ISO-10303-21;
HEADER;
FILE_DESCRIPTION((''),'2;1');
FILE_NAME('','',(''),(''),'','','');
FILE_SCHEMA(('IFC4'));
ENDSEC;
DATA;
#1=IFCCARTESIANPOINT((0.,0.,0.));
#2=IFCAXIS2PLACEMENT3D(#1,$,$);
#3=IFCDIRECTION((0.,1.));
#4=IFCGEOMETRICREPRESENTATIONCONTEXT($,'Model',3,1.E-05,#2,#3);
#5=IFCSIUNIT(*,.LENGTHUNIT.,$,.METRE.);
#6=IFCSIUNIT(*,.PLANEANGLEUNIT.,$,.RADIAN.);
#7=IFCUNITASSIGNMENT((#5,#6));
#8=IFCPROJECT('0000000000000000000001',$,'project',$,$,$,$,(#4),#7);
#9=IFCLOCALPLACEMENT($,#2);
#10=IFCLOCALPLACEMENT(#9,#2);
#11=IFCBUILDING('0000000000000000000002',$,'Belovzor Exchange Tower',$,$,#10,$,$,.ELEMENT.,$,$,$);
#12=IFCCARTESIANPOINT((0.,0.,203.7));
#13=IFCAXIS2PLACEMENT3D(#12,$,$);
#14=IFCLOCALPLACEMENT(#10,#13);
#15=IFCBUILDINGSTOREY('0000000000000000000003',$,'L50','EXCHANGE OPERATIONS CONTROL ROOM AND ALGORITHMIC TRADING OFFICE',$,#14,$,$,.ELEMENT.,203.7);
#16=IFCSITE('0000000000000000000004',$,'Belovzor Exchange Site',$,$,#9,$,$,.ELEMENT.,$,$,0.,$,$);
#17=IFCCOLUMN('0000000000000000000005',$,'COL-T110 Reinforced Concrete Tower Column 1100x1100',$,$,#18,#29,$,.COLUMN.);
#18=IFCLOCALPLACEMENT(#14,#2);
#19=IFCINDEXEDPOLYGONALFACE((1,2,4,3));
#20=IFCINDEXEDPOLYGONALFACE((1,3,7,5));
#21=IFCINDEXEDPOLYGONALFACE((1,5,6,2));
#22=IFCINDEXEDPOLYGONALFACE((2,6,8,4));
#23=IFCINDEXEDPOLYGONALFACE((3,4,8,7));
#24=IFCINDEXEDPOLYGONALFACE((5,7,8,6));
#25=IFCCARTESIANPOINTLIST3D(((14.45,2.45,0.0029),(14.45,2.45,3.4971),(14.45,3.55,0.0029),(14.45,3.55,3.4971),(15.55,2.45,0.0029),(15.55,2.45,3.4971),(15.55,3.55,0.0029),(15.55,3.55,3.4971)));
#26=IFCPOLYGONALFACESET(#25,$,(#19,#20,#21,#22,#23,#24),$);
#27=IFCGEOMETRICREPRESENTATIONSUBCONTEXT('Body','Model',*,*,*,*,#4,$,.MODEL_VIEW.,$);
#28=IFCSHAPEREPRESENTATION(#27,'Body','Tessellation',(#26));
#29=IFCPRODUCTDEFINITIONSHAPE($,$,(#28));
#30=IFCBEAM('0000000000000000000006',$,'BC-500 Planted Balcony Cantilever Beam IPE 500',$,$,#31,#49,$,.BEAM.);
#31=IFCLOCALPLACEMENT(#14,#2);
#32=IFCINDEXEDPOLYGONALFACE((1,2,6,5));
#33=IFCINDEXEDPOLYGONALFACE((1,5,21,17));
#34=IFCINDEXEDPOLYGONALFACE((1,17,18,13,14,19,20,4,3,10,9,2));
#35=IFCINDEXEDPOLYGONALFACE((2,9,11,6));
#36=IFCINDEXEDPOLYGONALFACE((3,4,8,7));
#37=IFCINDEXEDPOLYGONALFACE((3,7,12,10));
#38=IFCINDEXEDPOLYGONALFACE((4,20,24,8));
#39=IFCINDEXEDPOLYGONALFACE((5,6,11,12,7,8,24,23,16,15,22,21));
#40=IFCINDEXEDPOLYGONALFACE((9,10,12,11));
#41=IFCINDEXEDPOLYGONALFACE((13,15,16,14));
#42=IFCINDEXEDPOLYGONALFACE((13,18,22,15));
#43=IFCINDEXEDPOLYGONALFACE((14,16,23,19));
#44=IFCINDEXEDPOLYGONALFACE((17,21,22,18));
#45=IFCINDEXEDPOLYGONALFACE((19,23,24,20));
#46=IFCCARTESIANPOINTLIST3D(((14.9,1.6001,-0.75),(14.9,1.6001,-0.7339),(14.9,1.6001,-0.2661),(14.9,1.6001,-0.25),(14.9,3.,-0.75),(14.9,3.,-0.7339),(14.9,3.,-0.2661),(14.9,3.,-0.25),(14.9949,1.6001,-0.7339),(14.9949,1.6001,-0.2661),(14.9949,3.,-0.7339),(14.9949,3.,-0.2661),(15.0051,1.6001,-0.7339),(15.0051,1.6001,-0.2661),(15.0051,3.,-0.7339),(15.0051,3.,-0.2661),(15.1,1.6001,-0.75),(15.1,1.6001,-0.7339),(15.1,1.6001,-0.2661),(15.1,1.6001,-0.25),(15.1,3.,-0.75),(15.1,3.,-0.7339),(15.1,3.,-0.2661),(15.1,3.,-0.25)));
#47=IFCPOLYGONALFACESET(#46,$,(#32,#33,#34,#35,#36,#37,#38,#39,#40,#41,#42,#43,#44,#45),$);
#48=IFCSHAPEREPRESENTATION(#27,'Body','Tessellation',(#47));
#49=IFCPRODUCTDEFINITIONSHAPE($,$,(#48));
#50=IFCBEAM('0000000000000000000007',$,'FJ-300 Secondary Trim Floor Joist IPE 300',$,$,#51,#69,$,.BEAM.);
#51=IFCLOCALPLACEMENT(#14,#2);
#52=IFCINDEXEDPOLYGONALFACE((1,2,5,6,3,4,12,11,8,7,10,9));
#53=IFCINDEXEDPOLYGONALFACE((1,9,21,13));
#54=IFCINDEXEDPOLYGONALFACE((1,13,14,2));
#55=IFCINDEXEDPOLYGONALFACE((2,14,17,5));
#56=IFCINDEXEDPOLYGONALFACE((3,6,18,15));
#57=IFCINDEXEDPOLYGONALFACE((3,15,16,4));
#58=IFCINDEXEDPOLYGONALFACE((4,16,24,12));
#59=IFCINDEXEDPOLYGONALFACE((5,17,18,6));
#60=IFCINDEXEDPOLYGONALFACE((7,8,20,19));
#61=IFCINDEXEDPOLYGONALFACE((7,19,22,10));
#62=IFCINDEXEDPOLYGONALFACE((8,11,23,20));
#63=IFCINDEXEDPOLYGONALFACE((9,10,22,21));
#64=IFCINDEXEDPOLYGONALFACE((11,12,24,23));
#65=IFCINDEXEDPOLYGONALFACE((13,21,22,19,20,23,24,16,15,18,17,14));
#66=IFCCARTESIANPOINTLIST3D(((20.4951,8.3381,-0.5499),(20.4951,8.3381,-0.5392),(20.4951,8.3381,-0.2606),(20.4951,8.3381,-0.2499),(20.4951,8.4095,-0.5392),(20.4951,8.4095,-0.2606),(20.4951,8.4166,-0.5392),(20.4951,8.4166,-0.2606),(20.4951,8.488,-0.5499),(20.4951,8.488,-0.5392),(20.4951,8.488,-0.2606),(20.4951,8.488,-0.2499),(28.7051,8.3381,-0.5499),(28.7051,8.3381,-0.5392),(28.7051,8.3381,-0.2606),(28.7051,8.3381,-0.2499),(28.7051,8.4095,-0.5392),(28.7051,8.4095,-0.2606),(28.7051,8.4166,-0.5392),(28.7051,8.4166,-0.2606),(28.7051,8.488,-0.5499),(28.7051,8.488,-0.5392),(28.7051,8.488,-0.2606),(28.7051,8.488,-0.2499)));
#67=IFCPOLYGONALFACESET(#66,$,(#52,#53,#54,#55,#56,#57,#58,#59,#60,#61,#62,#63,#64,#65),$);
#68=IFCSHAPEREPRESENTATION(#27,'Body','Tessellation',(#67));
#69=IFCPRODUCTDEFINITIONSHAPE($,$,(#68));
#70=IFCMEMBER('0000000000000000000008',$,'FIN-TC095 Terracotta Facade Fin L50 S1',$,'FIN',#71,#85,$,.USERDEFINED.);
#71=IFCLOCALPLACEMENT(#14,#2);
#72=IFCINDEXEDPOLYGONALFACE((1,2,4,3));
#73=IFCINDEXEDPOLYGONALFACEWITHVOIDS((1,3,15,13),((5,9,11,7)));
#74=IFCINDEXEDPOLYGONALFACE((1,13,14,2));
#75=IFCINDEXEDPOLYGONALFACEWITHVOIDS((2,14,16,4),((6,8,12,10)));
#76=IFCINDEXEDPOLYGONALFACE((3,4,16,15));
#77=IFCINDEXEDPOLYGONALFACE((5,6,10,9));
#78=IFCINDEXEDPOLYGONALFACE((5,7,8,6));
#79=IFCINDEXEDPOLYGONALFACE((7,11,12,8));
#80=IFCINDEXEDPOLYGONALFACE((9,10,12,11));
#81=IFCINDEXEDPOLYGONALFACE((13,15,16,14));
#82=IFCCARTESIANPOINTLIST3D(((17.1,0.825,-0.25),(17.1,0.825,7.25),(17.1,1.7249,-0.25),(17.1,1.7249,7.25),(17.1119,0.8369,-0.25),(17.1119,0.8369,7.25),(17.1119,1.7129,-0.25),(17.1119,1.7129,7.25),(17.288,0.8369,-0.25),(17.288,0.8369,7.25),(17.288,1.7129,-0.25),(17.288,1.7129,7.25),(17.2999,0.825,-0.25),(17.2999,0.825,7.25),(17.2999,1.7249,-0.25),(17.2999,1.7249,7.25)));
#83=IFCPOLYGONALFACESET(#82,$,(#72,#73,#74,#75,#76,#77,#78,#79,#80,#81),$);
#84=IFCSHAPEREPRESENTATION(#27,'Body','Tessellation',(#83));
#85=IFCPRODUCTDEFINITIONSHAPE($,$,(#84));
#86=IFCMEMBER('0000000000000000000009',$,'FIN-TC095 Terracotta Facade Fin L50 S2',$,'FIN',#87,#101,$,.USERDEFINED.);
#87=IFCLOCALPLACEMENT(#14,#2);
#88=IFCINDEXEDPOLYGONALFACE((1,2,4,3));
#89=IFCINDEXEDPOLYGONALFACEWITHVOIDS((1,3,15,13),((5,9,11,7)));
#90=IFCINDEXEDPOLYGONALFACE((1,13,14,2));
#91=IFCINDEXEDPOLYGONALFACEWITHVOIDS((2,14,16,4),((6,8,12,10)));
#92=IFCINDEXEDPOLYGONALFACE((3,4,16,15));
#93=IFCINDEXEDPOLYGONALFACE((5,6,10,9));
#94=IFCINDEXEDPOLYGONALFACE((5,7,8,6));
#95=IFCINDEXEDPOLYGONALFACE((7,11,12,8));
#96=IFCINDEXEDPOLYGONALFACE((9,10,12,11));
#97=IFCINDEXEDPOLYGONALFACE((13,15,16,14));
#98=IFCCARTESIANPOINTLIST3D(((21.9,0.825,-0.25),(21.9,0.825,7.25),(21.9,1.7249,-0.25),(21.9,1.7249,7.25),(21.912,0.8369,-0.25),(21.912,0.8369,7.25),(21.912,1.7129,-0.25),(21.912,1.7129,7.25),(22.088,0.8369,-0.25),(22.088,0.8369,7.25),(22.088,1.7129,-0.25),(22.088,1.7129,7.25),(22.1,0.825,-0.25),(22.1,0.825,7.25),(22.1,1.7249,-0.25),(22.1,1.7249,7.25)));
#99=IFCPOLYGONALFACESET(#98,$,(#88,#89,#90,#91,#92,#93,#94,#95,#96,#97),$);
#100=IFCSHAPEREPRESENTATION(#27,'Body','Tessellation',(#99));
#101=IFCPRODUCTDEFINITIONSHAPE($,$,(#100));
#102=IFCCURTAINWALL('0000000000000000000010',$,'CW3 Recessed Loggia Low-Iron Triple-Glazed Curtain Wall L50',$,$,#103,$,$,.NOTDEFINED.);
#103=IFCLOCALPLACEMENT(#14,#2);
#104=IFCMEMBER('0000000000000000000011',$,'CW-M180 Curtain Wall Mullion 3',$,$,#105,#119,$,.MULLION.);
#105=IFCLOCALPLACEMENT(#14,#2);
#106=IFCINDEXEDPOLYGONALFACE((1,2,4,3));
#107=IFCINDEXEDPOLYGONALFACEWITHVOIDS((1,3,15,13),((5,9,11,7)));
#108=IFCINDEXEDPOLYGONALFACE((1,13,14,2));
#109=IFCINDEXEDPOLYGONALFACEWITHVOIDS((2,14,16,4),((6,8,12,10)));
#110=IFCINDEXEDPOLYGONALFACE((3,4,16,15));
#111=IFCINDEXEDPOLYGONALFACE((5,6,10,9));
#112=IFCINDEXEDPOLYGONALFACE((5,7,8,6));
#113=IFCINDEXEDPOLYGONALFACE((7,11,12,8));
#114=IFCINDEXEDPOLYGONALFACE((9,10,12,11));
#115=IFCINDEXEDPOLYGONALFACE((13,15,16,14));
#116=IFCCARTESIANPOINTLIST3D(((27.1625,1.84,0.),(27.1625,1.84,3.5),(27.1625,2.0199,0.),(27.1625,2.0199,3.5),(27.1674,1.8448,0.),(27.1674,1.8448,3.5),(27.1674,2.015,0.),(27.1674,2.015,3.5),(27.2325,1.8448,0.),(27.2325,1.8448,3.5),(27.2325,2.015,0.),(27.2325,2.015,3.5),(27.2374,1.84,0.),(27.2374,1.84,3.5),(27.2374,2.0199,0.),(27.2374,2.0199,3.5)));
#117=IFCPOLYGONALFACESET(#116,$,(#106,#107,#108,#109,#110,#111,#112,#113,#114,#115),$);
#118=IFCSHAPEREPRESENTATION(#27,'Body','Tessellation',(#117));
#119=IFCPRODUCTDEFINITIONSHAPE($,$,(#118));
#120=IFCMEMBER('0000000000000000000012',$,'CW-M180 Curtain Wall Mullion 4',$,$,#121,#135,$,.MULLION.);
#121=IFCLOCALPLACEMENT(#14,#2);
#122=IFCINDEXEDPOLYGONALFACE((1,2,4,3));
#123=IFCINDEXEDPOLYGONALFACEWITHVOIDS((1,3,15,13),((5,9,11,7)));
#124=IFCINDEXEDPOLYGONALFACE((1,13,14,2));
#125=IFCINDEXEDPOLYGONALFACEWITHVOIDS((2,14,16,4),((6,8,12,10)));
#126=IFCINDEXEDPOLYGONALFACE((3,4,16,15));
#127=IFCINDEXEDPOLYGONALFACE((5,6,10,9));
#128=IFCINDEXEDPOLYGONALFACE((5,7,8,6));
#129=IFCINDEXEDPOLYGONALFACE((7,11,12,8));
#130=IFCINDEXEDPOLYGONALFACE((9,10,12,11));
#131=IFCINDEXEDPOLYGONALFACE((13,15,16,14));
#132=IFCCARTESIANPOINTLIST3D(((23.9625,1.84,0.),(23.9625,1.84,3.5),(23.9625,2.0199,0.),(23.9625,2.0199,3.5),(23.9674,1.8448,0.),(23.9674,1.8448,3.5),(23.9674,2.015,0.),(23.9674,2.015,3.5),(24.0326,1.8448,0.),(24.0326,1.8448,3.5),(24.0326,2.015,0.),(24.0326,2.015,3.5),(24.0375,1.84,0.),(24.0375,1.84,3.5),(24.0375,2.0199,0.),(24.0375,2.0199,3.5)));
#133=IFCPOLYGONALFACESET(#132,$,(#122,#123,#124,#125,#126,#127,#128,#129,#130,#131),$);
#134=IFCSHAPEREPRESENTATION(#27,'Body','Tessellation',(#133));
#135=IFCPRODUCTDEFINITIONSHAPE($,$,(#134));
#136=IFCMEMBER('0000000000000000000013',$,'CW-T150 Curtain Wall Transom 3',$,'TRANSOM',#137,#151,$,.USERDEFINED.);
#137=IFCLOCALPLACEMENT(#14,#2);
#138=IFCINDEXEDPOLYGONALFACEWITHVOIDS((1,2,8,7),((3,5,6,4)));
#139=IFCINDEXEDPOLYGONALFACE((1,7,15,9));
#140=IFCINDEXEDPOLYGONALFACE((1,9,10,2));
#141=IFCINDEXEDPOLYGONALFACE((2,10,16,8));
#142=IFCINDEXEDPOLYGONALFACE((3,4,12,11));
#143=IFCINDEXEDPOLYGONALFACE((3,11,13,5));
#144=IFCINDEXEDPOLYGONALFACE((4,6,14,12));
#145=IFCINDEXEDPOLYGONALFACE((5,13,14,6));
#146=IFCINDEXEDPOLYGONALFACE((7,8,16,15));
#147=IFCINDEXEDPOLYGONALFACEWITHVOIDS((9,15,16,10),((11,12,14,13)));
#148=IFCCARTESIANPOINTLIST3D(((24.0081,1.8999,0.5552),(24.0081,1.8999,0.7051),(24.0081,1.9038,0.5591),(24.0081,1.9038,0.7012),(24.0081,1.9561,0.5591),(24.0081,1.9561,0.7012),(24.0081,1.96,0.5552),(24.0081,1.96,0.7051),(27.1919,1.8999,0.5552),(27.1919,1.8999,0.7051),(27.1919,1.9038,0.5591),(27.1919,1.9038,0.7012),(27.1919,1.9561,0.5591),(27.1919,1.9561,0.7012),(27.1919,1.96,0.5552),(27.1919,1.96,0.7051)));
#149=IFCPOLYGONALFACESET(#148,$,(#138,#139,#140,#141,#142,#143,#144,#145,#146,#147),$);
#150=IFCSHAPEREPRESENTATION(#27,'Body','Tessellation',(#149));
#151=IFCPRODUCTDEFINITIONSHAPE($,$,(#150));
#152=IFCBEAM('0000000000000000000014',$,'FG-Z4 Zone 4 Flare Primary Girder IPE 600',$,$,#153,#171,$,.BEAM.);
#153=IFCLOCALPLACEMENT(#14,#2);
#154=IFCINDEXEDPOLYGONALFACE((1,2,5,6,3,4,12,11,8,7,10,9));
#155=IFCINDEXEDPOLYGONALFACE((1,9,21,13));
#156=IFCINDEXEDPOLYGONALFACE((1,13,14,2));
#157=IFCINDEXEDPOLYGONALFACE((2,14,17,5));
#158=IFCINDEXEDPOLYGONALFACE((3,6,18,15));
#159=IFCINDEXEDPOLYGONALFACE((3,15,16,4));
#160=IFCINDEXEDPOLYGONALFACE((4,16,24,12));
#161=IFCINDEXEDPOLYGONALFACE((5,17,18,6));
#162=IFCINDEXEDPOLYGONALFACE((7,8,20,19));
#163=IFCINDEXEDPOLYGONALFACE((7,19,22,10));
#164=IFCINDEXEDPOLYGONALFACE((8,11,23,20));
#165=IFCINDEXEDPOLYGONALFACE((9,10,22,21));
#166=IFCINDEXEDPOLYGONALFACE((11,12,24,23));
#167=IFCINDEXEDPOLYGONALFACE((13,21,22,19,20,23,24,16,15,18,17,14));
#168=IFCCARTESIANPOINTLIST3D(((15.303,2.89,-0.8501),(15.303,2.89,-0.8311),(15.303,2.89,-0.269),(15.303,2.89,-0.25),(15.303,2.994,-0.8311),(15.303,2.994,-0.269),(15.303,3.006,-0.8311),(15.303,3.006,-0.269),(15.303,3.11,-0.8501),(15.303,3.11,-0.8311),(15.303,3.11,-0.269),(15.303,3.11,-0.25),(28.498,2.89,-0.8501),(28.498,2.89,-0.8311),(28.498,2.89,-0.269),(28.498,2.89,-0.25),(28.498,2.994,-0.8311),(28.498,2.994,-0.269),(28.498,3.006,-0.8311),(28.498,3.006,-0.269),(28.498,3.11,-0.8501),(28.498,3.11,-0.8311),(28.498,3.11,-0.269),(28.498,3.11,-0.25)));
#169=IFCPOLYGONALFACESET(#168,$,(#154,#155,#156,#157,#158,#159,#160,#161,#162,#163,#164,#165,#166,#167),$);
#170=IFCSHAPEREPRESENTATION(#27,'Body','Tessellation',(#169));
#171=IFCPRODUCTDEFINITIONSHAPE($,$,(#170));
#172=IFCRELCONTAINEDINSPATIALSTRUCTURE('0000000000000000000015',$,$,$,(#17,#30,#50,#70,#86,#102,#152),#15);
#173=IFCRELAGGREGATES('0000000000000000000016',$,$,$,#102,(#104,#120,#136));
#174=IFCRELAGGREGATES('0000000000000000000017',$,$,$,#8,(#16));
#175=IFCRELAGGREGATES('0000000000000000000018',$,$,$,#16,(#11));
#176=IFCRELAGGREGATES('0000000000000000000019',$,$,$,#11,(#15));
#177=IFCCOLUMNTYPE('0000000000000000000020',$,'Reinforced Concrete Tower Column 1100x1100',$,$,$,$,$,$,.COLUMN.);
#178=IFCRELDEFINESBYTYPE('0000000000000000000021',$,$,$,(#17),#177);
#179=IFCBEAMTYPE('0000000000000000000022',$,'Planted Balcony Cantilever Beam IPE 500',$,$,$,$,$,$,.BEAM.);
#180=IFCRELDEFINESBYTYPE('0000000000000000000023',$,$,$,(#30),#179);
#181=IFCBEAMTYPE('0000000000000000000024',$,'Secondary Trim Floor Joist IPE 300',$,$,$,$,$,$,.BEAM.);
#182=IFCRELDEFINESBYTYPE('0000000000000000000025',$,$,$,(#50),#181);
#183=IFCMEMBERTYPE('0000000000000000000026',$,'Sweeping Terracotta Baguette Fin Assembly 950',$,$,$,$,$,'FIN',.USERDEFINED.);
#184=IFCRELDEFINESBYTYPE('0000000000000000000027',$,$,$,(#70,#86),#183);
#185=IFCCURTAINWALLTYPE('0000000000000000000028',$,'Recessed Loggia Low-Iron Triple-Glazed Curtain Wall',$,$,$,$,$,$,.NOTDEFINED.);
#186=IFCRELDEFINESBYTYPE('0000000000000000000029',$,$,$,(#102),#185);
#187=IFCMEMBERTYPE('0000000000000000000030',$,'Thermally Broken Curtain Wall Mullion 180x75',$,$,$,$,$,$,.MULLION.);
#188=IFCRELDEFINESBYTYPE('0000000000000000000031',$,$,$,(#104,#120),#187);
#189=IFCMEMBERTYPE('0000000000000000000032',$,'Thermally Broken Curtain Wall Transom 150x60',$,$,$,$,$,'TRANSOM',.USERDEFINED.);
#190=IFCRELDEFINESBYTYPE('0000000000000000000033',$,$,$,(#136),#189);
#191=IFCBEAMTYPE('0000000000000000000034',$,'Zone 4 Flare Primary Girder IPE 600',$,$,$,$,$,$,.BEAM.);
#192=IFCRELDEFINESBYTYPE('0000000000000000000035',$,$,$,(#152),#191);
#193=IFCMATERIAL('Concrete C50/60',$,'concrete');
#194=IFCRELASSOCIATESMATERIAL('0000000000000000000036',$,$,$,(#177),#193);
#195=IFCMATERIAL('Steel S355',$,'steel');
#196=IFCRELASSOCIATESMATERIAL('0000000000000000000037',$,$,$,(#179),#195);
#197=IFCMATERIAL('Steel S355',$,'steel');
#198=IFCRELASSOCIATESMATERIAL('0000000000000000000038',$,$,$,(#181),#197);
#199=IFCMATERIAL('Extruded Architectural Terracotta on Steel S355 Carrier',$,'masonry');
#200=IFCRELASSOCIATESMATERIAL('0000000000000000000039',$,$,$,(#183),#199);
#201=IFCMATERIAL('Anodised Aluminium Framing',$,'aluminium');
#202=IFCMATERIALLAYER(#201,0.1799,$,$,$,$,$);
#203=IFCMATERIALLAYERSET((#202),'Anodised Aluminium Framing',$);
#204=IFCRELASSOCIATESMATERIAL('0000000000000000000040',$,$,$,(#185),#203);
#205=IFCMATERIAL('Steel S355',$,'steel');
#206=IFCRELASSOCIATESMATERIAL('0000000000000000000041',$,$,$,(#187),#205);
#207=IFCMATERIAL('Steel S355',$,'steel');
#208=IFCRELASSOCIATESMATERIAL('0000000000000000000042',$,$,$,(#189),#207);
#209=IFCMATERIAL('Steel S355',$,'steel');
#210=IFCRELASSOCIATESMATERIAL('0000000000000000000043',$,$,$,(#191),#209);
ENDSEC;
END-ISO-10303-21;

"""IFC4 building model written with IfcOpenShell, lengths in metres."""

from ifc_helpers import new_model, si_unit, direction, frame, origin, origin_2d, place, context, subcontext, project, spatial, rectangle, hollow_rectangle, i_section, extrude, material, layer, layer_set, material_profile, profile_set, type_object, element, aggregate, save


model = new_model("IFC4")

# Units and contexts
model_context = context("Model", 3, precision=1e-05, world=origin(), true_north=direction((0.0, 1.0)))
body_context = subcontext(model_context, "Body", "Model", "MODEL_VIEW")
ifc_project = project(units=[si_unit("LENGTHUNIT", "METRE"), si_unit("PLANEANGLEUNIT", "RADIAN")], contexts=[model_context])

# Site, building, storey
site_placement = place(None, origin())
site = spatial("IfcSite", under=ifc_project, at=site_placement, Name="Belovzor Exchange Site", CompositionType="ELEMENT", RefElevation=0.0)
building_placement = place(site_placement, origin())
building = spatial("IfcBuilding", under=site, at=building_placement, Name="Belovzor Exchange Tower", CompositionType="ELEMENT")
storey_placement = place(building_placement, frame((0.0, 0.0, 203.7)))
storey = spatial("IfcBuildingStorey", under=building, at=storey_placement, Name="L50", Description="EXCHANGE OPERATIONS CONTROL ROOM AND ALGORITHMIC TRADING OFFICE", CompositionType="ELEMENT", Elevation=203.7)

# Column
ifc_material_1 = material(Name="Concrete C50/60", Category="concrete")
ifc_material_profile_1 = material_profile(ifc_material_1, rectangle(XDim=1.1001, YDim=1.1001, at=origin_2d()))
ifc_profile_set_1 = profile_set([ifc_material_profile_1], Name="Concrete C50/60")
column_type = type_object("IfcColumnType", Name="Reinforced Concrete Tower Column 1100x1100", PredefinedType="COLUMN", material=ifc_profile_set_1)
column_placement = place(storey_placement, frame((15.0, 3.0, 0.0029), z_axis=(0.0, 0.0, 1.0), x_axis=(1.0, 0.0, 0.0)))
element("IfcColumn", 1, at=column_placement, inside=storey, type_object=column_type, Name="COL-T110 Reinforced Concrete Tower Column 1100x1100", PredefinedType="COLUMN", context=body_context, shape_type="SweptSolid", body=[
    extrude(rectangle(XDim=1.1001, YDim=1.1001, at=origin_2d()), origin(), (0.0, 0.0, 1.0), 3.4941),
])

# Beams
ifc_material_2 = material(Name="Steel S355", Category="steel")
ifc_material_profile_2 = material_profile(ifc_material_2, i_section(OverallWidth=0.2, OverallDepth=0.5, WebThickness=0.0103, FlangeThickness=0.0161, at=origin_2d()))
ifc_profile_set_2 = profile_set([ifc_material_profile_2], Name="Steel S355")
beam_type_1 = type_object("IfcBeamType", Name="Planted Balcony Cantilever Beam IPE 500", PredefinedType="BEAM", material=ifc_profile_set_2)
beam_1_placement = place(storey_placement, frame((15.0, 3.0, -0.5), z_axis=(0.0, -1.0, 0.0), x_axis=(1.0, 0.0, 0.0)))
element("IfcBeam", 2, at=beam_1_placement, inside=storey, type_object=beam_type_1, Name="BC-500 Planted Balcony Cantilever Beam IPE 500", PredefinedType="BEAM", context=body_context, shape_type="SweptSolid", body=[
    extrude(i_section(OverallWidth=0.2, OverallDepth=0.5, WebThickness=0.0103, FlangeThickness=0.0161, at=origin_2d()), origin(), (0.0, 0.0, 1.0), 1.3999),
])
ifc_material_3 = material(Name="Steel S355", Category="steel")
ifc_material_profile_3 = material_profile(ifc_material_3, i_section(OverallWidth=0.1499, OverallDepth=0.3, WebThickness=0.0071, FlangeThickness=0.0107, at=origin_2d()))
ifc_profile_set_3 = profile_set([ifc_material_profile_3], Name="Steel S355")
beam_type_2 = type_object("IfcBeamType", Name="Secondary Trim Floor Joist IPE 300", PredefinedType="BEAM", material=ifc_profile_set_3)
beam_2_placement = place(storey_placement, frame((20.4951, 8.4131, -0.3999), z_axis=(1.0, 0.0, 0.0), x_axis=(0.0, 1.0, 0.0)))
element("IfcBeam", 3, at=beam_2_placement, inside=storey, type_object=beam_type_2, Name="FJ-300 Secondary Trim Floor Joist IPE 300", PredefinedType="BEAM", context=body_context, shape_type="SweptSolid", body=[
    extrude(i_section(OverallWidth=0.1499, OverallDepth=0.3, WebThickness=0.0071, FlangeThickness=0.0107, at=origin_2d()), origin(), (0.0, 0.0, 1.0), 8.21),
])

# Members
ifc_material_4 = material(Name="Extruded Architectural Terracotta on Steel S355 Carrier", Category="masonry")
ifc_material_profile_4 = material_profile(ifc_material_4, hollow_rectangle(XDim=0.2, YDim=0.8999, WallThickness=0.012, at=origin_2d()))
ifc_profile_set_4 = profile_set([ifc_material_profile_4], Name="Extruded Architectural Terracotta on Steel S355 Carrier")
member_type_1 = type_object("IfcMemberType", Name="Sweeping Terracotta Baguette Fin Assembly 950", ElementType="FIN", PredefinedType="USERDEFINED", material=ifc_profile_set_4)
for number, where, z_axis, x_axis, name in (
    (4, (17.2, 1.2749, -0.25), (0.0, 0.0, 1.0), (1.0, 0.0, 0.0), "FIN-TC095 Terracotta Facade Fin L50 S1"),
    (5, (22.0, 1.2749, -0.25), (0.0, 0.0, 1.0), (1.0, 0.0, 0.0), "FIN-TC095 Terracotta Facade Fin L50 S2"),
):
    element("IfcMember", number, at=place(storey_placement, frame(where, z_axis=z_axis, x_axis=x_axis)), inside=storey, type_object=member_type_1, Name=name, ObjectType="FIN", PredefinedType="USERDEFINED", context=body_context, shape_type="SweptSolid", body=[
        extrude(hollow_rectangle(XDim=0.2, YDim=0.8999, WallThickness=0.012, at=origin_2d()), origin(), (0.0, 0.0, 1.0), 7.5),
    ])

# Curtain wall, members
ifc_material_5 = material(Name="Anodised Aluminium Framing", Category="aluminium")
ifc_layer_1 = layer(ifc_material_5, 0.1799)
ifc_layer_set_1 = layer_set([ifc_layer_1], Name="Anodised Aluminium Framing")
curtain_wall_type = type_object("IfcCurtainWallType", Name="Recessed Loggia Low-Iron Triple-Glazed Curtain Wall", PredefinedType="NOTDEFINED", material=ifc_layer_set_1)
curtain_wall_placement = place(storey_placement, origin())
curtain_wall = element("IfcCurtainWall", 6, at=curtain_wall_placement, inside=storey, type_object=curtain_wall_type, Name="CW3 Recessed Loggia Low-Iron Triple-Glazed Curtain Wall L50", PredefinedType="NOTDEFINED")
ifc_material_6 = material(Name="Steel S355", Category="steel")
ifc_material_profile_5 = material_profile(ifc_material_6, hollow_rectangle(XDim=0.075, YDim=0.1799, WallThickness=0.0049, at=origin_2d()))
ifc_profile_set_5 = profile_set([ifc_material_profile_5], Name="Steel S355")
member_type_2 = type_object("IfcMemberType", Name="Thermally Broken Curtain Wall Mullion 180x75", PredefinedType="MULLION", material=ifc_profile_set_5)
member_1_placement = place(storey_placement, frame((27.2, 1.9299, 0.0), z_axis=(0.0, 0.0, 1.0), x_axis=(-1.0, 0.0, 0.0)))
member_1 = element("IfcMember", 7, at=member_1_placement, type_object=member_type_2, Name="CW-M180 Curtain Wall Mullion 3", PredefinedType="MULLION", context=body_context, shape_type="SweptSolid", body=[
    extrude(hollow_rectangle(XDim=0.075, YDim=0.1799, WallThickness=0.0049, at=origin_2d()), origin(), (0.0, 0.0, 1.0), 3.5),
])
member_2_placement = place(storey_placement, frame((24.0, 1.9299, 0.0), z_axis=(0.0, 0.0, 1.0), x_axis=(-1.0, 0.0, 0.0)))
member_2 = element("IfcMember", 8, at=member_2_placement, type_object=member_type_2, Name="CW-M180 Curtain Wall Mullion 4", PredefinedType="MULLION", context=body_context, shape_type="SweptSolid", body=[
    extrude(hollow_rectangle(XDim=0.075, YDim=0.1799, WallThickness=0.0049, at=origin_2d()), origin(), (0.0, 0.0, 1.0), 3.5),
])
ifc_material_7 = material(Name="Steel S355", Category="steel")
ifc_material_profile_6 = material_profile(ifc_material_7, hollow_rectangle(XDim=0.0601, YDim=0.1499, WallThickness=0.0039, at=origin_2d()))
ifc_profile_set_6 = profile_set([ifc_material_profile_6], Name="Steel S355")
member_type_3 = type_object("IfcMemberType", Name="Thermally Broken Curtain Wall Transom 150x60", ElementType="TRANSOM", PredefinedType="USERDEFINED", material=ifc_profile_set_6)
member_3_placement = place(storey_placement, frame((27.1919, 1.9299, 0.6301), z_axis=(-1.0, 0.0, 0.0), x_axis=(0.0, -1.0, 0.0)))
member_3 = element("IfcMember", 9, at=member_3_placement, type_object=member_type_3, Name="CW-T150 Curtain Wall Transom 3", ObjectType="TRANSOM", PredefinedType="USERDEFINED", context=body_context, shape_type="SweptSolid", body=[
    extrude(hollow_rectangle(XDim=0.0601, YDim=0.1499, WallThickness=0.0039, at=origin_2d()), origin(), (0.0, 0.0, 1.0), 3.1838),
])

# Beam
ifc_material_8 = material(Name="Steel S355", Category="steel")
ifc_material_profile_7 = material_profile(ifc_material_8, i_section(OverallWidth=0.22, OverallDepth=0.6001, WebThickness=0.012, FlangeThickness=0.019, at=origin_2d()))
ifc_profile_set_7 = profile_set([ifc_material_profile_7], Name="Steel S355")
beam_type_3 = type_object("IfcBeamType", Name="Zone 4 Flare Primary Girder IPE 600", PredefinedType="BEAM", material=ifc_profile_set_7)
beam_3_placement = place(storey_placement, frame((15.303, 3.0, -0.55), z_axis=(1.0, 0.0, 0.0), x_axis=(0.0, 1.0, 0.0)))
element("IfcBeam", 10, at=beam_3_placement, inside=storey, type_object=beam_type_3, Name="FG-Z4 Zone 4 Flare Primary Girder IPE 600", PredefinedType="BEAM", context=body_context, shape_type="SweptSolid", body=[
    extrude(i_section(OverallWidth=0.22, OverallDepth=0.6001, WebThickness=0.012, FlangeThickness=0.019, at=origin_2d()), origin(), (0.0, 0.0, 1.0), 13.1951),
])

aggregate(curtain_wall, [member_1, member_2, member_3])

save(model, "model.ifc")
